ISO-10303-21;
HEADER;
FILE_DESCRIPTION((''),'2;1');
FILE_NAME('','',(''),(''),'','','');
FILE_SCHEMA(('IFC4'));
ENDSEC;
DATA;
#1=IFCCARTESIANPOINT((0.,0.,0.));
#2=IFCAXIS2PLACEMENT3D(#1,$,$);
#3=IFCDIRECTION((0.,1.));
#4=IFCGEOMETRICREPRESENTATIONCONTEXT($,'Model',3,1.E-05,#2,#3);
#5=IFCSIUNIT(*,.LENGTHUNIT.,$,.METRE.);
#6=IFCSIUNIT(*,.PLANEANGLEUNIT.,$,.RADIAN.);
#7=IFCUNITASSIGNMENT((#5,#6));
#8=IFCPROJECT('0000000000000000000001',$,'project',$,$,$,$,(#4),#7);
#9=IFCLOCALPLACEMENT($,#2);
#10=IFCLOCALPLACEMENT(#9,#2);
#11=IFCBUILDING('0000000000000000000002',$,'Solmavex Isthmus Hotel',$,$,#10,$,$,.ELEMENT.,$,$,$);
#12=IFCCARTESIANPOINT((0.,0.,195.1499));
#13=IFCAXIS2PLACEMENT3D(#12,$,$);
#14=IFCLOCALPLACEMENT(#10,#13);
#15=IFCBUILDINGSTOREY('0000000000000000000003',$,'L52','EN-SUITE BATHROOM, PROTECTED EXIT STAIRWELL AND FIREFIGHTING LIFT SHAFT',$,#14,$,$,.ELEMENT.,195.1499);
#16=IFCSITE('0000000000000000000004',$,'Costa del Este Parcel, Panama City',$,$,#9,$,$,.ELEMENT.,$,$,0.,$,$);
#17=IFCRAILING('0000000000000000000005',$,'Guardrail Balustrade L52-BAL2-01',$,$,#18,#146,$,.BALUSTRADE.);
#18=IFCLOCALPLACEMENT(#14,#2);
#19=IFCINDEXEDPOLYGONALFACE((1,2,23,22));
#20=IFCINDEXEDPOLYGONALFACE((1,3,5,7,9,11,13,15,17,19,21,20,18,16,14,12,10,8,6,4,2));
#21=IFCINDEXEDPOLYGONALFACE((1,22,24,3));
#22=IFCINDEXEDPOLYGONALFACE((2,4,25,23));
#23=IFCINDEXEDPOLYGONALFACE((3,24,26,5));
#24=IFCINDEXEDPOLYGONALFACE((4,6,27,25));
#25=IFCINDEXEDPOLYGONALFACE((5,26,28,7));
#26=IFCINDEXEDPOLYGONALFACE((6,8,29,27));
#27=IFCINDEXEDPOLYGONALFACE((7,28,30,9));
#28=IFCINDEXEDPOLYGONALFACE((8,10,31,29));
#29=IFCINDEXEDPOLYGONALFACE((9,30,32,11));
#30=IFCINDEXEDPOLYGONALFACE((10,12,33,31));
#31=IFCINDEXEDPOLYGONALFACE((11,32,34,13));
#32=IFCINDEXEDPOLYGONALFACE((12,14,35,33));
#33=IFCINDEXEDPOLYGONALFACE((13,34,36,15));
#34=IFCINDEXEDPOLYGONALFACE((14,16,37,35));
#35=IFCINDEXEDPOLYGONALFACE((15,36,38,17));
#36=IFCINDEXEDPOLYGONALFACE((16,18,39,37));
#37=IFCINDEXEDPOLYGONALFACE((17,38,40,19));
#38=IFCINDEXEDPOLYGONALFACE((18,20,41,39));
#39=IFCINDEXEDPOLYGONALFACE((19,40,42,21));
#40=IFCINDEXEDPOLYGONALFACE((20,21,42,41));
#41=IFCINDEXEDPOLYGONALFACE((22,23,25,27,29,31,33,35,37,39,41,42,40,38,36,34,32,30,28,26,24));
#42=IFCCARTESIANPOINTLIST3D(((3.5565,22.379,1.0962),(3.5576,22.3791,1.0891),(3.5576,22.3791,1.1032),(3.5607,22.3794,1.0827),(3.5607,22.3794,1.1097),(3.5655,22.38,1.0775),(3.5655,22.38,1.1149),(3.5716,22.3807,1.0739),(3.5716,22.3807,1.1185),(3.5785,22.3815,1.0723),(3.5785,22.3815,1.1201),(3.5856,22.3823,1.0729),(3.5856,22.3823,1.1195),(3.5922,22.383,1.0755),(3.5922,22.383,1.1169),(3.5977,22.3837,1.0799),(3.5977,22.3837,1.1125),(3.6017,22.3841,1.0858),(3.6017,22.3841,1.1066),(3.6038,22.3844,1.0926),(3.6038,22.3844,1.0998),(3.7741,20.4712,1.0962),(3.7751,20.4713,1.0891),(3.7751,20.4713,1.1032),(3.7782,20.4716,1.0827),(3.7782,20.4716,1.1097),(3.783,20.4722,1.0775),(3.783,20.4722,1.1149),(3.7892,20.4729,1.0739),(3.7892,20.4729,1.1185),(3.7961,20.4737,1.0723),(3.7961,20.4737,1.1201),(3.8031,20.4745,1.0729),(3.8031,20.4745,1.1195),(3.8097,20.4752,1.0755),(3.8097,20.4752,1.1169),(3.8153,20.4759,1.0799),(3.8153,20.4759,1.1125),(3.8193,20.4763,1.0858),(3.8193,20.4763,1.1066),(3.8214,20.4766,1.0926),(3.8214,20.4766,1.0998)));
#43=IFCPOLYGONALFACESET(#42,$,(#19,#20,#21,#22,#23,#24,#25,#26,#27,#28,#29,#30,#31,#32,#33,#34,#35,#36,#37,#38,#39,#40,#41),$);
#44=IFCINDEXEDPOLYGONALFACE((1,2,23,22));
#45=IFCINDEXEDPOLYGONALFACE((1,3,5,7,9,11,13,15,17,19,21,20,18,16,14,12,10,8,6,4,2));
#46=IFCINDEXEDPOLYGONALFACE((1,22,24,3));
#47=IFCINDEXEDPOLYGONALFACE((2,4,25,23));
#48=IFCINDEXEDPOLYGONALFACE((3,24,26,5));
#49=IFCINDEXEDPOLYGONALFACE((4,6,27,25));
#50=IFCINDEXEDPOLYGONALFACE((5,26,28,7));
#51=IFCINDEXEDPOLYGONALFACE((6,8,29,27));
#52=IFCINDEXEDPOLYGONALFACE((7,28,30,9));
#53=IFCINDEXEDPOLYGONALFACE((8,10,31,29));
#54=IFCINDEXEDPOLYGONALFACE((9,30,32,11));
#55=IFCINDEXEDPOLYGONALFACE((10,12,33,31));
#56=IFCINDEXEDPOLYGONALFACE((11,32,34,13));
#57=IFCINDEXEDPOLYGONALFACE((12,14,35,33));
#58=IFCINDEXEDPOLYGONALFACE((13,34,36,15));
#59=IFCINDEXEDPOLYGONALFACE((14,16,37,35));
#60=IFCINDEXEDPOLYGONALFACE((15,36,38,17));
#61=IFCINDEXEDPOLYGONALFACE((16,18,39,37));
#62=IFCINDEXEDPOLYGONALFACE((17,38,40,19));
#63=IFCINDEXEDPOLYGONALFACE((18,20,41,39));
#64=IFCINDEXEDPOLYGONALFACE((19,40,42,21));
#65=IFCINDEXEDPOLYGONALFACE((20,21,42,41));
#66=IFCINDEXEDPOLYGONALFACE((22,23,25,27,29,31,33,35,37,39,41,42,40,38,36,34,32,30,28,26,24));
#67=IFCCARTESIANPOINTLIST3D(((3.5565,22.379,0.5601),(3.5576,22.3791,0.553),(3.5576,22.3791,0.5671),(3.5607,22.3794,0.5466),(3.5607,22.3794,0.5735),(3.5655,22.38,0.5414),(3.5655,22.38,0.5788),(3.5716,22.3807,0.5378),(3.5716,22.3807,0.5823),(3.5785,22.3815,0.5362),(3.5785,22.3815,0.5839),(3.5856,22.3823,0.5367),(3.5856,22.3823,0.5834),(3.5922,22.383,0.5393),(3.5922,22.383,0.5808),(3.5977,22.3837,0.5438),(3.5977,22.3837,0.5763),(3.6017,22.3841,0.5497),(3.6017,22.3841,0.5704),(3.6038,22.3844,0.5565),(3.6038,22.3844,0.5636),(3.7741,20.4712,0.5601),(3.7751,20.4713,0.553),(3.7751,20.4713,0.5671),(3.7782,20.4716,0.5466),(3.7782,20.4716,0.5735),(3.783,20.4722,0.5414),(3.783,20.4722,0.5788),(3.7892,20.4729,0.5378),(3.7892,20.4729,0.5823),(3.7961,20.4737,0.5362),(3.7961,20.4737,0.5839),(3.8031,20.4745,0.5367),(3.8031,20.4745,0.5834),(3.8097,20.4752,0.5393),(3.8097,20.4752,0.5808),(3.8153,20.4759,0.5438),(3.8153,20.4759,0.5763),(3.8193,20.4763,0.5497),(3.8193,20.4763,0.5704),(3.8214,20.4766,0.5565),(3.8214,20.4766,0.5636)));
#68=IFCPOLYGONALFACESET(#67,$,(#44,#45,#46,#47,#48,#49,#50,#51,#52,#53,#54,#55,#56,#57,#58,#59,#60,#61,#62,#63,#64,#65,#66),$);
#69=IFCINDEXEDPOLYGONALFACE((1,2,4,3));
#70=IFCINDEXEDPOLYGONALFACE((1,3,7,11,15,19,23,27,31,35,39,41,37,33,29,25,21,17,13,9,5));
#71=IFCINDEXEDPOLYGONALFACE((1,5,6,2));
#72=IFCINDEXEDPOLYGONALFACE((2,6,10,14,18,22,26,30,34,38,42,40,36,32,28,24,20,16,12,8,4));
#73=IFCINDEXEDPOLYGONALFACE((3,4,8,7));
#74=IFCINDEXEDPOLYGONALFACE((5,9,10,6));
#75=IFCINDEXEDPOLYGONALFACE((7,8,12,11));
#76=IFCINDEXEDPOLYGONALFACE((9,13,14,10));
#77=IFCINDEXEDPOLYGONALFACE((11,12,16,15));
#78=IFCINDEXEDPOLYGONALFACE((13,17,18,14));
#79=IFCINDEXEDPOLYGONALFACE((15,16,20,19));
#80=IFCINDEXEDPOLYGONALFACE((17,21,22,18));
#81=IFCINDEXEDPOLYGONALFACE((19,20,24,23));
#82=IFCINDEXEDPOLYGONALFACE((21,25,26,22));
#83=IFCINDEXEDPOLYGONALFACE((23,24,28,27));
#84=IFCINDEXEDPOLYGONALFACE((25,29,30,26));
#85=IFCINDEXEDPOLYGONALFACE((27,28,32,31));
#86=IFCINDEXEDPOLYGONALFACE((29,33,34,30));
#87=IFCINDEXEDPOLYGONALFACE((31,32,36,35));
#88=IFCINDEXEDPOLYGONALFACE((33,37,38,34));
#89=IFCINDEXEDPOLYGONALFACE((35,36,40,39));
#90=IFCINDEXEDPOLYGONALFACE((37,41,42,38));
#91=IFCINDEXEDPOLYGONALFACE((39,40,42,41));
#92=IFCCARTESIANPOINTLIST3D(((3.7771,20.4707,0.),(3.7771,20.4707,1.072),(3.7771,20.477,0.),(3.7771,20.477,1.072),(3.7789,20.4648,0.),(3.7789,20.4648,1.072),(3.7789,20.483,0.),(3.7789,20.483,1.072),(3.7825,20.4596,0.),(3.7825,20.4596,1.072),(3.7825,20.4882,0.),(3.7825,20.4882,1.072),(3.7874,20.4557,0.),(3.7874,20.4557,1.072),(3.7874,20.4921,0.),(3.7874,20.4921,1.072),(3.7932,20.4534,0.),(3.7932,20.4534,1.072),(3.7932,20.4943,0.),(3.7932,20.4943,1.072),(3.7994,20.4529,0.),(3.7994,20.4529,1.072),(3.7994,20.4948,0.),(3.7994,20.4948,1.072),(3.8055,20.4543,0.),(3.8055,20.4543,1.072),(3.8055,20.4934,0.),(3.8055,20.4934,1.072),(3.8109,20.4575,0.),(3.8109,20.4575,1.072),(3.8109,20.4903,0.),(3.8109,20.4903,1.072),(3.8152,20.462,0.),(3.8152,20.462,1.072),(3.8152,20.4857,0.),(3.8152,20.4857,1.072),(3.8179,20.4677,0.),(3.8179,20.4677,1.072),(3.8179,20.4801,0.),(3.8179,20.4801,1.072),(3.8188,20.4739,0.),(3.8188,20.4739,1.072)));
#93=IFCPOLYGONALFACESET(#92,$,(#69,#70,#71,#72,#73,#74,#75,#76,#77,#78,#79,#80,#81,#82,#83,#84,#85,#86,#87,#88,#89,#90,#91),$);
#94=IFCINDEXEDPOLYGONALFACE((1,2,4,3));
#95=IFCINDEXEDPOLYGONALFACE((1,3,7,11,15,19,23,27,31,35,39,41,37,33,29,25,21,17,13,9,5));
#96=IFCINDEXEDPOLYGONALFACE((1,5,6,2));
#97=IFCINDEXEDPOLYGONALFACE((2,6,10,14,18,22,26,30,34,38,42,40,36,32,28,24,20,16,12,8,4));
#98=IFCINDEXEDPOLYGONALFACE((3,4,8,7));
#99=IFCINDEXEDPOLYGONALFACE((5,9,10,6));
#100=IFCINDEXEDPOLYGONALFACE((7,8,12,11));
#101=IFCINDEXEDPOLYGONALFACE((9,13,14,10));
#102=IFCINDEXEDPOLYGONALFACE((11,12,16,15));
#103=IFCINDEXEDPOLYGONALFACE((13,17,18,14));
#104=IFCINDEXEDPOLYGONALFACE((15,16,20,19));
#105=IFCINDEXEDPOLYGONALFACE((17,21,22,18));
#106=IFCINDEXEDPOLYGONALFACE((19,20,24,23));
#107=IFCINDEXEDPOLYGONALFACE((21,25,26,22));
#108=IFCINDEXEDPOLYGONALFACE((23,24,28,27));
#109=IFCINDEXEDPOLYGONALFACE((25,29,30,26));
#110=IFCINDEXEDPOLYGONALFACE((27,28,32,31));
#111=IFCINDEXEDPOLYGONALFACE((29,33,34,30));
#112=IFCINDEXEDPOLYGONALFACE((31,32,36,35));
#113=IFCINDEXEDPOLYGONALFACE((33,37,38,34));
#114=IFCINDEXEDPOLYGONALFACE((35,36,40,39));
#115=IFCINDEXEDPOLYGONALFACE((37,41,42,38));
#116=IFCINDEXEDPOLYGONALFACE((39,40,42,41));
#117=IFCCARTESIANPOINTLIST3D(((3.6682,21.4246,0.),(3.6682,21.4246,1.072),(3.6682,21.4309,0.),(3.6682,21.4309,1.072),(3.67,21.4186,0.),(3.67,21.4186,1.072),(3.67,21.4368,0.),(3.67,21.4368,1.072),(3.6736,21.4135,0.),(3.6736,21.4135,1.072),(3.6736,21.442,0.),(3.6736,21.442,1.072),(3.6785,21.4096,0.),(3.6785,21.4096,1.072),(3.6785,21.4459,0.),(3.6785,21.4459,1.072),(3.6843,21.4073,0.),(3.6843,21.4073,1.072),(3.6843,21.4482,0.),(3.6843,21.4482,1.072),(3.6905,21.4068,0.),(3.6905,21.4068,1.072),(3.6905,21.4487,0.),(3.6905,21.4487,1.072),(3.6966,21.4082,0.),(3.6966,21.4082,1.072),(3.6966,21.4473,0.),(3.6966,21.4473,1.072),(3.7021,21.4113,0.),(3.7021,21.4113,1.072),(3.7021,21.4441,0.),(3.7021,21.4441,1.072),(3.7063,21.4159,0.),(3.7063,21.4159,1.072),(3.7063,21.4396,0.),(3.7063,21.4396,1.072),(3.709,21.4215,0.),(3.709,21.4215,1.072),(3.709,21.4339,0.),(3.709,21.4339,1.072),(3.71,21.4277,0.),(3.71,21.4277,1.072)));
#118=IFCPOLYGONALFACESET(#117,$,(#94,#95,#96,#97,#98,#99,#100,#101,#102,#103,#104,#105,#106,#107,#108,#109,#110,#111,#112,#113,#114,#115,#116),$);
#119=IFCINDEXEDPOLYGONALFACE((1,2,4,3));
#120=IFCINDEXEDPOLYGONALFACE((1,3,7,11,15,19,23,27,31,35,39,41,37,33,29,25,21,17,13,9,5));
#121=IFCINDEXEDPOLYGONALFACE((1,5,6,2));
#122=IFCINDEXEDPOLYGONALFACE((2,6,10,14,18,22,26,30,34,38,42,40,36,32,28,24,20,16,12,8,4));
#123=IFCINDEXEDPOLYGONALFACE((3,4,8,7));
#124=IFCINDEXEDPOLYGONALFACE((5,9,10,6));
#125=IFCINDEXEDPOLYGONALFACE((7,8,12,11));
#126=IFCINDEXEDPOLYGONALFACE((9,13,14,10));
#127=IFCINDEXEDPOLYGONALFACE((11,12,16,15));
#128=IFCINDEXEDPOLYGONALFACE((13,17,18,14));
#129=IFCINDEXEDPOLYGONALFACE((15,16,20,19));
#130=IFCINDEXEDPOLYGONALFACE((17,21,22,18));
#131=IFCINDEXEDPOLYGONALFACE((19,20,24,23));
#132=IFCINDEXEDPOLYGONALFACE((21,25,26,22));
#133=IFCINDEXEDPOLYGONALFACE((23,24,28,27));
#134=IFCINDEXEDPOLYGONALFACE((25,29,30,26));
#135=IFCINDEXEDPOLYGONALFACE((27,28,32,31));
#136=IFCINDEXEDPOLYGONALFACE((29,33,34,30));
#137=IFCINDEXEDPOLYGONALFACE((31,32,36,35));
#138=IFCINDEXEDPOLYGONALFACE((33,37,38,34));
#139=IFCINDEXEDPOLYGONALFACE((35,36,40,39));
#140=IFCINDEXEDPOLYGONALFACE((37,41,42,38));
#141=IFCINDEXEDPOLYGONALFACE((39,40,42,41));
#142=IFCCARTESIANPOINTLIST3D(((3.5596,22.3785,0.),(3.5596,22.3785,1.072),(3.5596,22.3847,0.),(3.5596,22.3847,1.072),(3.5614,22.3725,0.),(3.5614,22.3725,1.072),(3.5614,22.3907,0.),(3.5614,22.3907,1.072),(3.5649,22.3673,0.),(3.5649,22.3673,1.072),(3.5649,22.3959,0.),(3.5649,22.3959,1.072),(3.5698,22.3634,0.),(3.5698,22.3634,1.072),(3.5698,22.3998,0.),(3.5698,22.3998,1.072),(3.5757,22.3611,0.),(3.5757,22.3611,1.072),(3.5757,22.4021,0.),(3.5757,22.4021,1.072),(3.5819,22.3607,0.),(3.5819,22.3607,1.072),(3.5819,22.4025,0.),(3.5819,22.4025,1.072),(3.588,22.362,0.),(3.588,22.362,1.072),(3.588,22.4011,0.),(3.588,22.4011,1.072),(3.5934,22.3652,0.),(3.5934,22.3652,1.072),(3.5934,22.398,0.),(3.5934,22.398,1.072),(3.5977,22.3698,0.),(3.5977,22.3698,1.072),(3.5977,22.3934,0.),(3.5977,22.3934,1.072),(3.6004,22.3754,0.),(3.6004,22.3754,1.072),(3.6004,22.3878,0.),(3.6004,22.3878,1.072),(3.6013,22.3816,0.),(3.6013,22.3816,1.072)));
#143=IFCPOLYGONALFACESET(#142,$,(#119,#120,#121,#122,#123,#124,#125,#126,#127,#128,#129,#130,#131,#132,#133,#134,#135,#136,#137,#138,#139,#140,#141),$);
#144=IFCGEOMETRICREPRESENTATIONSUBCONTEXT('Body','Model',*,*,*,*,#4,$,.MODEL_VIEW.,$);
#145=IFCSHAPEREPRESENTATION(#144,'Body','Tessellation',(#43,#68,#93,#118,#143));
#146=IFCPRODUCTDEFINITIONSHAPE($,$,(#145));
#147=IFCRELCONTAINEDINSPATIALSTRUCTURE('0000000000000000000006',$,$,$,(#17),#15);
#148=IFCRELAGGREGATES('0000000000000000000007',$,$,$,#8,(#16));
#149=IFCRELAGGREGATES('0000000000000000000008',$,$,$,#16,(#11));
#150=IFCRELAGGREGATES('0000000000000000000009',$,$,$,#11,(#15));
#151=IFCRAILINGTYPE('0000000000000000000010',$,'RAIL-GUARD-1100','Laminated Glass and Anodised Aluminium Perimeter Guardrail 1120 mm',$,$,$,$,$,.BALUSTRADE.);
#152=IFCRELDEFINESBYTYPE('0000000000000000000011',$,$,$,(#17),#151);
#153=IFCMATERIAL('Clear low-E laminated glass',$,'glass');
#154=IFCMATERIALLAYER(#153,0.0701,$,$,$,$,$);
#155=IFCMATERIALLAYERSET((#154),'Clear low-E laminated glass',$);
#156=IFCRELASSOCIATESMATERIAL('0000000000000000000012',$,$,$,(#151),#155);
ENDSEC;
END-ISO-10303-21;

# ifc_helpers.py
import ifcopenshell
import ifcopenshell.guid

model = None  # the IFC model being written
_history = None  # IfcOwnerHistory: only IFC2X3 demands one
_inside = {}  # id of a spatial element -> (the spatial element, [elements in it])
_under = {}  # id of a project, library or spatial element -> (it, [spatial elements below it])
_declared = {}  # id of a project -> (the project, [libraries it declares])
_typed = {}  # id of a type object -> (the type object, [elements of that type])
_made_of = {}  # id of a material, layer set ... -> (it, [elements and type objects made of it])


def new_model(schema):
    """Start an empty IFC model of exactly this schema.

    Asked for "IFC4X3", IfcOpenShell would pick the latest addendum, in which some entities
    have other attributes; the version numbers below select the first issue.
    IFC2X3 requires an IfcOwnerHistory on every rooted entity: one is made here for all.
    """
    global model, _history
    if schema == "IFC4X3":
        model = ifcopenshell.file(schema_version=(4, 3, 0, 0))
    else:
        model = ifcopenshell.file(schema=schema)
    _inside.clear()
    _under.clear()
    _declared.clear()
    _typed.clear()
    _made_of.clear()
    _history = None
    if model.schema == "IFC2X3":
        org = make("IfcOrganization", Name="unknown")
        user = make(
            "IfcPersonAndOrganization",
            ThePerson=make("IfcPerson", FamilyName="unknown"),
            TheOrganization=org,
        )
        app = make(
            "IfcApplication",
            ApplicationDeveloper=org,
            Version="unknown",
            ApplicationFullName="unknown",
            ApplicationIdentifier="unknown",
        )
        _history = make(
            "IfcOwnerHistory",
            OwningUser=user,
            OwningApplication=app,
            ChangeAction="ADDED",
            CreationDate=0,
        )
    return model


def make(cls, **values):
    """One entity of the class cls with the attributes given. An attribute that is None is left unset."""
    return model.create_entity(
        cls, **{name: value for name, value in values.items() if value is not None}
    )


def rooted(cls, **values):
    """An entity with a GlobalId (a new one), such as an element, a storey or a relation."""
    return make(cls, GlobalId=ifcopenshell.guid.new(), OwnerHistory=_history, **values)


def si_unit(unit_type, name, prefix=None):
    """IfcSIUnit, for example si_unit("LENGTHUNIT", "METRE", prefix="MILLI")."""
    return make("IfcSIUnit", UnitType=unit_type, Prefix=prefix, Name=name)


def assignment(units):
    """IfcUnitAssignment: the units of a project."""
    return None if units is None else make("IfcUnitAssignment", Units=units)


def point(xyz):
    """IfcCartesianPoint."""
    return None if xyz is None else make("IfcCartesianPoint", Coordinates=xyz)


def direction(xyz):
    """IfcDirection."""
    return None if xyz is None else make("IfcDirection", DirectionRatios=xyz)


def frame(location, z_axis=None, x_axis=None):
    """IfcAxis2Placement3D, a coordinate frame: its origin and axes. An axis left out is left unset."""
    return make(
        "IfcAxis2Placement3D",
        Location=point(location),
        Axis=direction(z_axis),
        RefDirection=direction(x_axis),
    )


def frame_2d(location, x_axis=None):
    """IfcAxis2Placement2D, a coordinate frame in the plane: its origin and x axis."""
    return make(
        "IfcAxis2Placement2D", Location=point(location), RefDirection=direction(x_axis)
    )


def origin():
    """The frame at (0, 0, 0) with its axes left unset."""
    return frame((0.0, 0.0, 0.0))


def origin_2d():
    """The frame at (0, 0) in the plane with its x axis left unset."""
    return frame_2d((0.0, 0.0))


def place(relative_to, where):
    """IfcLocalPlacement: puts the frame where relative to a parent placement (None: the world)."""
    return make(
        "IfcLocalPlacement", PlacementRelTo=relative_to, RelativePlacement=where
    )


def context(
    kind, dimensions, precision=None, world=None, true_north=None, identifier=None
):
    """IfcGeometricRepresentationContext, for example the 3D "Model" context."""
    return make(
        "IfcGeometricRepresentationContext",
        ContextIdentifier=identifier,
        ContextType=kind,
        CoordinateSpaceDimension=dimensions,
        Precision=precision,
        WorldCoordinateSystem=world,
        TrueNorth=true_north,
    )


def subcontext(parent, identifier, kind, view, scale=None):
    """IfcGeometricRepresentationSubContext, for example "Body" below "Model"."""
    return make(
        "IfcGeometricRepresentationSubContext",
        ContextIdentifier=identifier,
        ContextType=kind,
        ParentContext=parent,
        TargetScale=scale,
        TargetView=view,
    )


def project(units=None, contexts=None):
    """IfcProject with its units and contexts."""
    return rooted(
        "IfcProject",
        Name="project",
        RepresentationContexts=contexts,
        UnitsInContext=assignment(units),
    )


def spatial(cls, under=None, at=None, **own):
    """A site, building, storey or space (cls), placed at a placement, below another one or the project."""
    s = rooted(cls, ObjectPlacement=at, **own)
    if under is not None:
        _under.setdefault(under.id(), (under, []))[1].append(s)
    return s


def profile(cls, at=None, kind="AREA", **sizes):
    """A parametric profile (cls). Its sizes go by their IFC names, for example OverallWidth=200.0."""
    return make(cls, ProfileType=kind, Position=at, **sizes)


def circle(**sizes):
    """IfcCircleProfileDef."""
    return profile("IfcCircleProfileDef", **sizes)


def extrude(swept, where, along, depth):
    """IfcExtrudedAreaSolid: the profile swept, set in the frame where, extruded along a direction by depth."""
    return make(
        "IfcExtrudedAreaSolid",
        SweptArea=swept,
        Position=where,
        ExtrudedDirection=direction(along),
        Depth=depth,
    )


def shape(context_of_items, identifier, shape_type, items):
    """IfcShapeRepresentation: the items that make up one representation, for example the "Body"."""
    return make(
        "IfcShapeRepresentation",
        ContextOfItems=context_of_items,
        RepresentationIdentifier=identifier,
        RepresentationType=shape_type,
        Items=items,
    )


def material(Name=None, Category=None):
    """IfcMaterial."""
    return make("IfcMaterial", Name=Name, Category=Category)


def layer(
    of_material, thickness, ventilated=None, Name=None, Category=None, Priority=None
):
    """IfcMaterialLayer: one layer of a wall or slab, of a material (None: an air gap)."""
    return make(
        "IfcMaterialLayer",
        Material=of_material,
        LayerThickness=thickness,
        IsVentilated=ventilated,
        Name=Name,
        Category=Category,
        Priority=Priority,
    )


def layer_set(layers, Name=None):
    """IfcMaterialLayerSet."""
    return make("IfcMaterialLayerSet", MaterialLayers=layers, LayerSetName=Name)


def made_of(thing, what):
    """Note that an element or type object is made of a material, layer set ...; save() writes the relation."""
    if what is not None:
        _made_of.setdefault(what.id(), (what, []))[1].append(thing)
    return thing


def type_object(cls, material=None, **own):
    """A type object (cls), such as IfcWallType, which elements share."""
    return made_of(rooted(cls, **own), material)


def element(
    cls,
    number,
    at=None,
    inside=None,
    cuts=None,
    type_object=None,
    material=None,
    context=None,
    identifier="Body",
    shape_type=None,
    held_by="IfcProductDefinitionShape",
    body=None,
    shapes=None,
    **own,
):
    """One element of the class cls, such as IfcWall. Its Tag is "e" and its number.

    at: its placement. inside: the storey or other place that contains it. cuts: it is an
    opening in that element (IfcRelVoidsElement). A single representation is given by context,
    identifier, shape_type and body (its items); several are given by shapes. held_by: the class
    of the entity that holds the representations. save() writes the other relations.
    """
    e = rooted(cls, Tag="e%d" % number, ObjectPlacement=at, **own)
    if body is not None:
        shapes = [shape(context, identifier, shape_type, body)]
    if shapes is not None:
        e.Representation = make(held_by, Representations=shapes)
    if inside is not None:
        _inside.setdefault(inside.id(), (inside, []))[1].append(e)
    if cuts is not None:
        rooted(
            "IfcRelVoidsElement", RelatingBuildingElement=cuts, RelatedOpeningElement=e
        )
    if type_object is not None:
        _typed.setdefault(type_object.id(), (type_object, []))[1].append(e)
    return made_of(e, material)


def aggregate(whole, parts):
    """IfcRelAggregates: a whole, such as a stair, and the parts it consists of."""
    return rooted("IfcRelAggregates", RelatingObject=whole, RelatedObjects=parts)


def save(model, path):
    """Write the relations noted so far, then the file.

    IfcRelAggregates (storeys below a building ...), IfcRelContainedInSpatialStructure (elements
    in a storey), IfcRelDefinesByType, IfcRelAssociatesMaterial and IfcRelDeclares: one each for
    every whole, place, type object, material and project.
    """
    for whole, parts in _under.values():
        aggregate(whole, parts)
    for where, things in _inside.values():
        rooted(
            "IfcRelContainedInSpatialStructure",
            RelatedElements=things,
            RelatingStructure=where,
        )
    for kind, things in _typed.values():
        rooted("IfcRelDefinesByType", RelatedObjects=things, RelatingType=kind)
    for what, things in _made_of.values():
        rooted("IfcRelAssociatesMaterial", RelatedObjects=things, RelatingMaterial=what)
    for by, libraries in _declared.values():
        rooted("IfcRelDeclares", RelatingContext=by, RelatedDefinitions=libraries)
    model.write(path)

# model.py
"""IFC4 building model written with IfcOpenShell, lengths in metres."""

from ifc_helpers import new_model, si_unit, direction, frame, origin, origin_2d, place, context, subcontext, project, spatial, circle, extrude, material, layer, layer_set, type_object, element, save


model = new_model("IFC4")

# Units and contexts
model_context = context("Model", 3, precision=1e-05, world=origin(), true_north=direction((0.0, 1.0)))
body_context = subcontext(model_context, "Body", "Model", "MODEL_VIEW")
ifc_project = project(units=[si_unit("LENGTHUNIT", "METRE"), si_unit("PLANEANGLEUNIT", "RADIAN")], contexts=[model_context])

# Site, building, storey
site_placement = place(None, origin())
site = spatial("IfcSite", under=ifc_project, at=site_placement, Name="Costa del Este Parcel, Panama City", CompositionType="ELEMENT", RefElevation=0.0)
building_placement = place(site_placement, origin())
building = spatial("IfcBuilding", under=site, at=building_placement, Name="Solmavex Isthmus Hotel", CompositionType="ELEMENT")
storey_placement = place(building_placement, frame((0.0, 0.0, 195.1499)))
storey = spatial("IfcBuildingStorey", under=building, at=storey_placement, Name="L52", Description="EN-SUITE BATHROOM, PROTECTED EXIT STAIRWELL AND FIREFIGHTING LIFT SHAFT", CompositionType="ELEMENT", Elevation=195.1499)

# Shared definitions
ifc_material_1 = material(Name="Clear low-E laminated glass", Category="glass")

# Railing
ifc_layer_1 = layer(ifc_material_1, 0.0701)
ifc_layer_set_1 = layer_set([ifc_layer_1], Name="Clear low-E laminated glass")
railing_type = type_object("IfcRailingType", Name="RAIL-GUARD-1100", Description="Laminated Glass and Anodised Aluminium Perimeter Guardrail 1120 mm", PredefinedType="BALUSTRADE", material=ifc_layer_set_1)
railing_1_placement = place(storey_placement, frame((3.7979, 20.4739, 0.0)))
element("IfcRailing", 1, at=railing_1_placement, inside=storey, type_object=railing_type, Name="Guardrail Balustrade L52-BAL2-01", PredefinedType="BALUSTRADE", context=body_context, shape_type="SweptSolid", body=[
    extrude(circle(Radius=0.0239, at=origin_2d()), frame((0.0, 0.0, 1.0962), z_axis=(-0.113292, 0.993562, 0.0), x_axis=(-0.993562, -0.113292, 0.0)), (0.0, 0.0, 1.0), 1.9202),
    extrude(circle(Radius=0.0239, at=origin_2d()), frame((0.0, 0.0, 0.5601), z_axis=(-0.113292, 0.993562, 0.0), x_axis=(-0.993562, -0.113292, 0.0)), (0.0, 0.0, 1.0), 1.9202),
    extrude(circle(Radius=0.021, at=origin_2d()), origin(), (0.0, 0.0, 1.0), 1.072),
    extrude(circle(Radius=0.021, at=origin_2d()), frame((-0.1089, 0.9539, 0.0)), (0.0, 0.0, 1.0), 1.072),
    extrude(circle(Radius=0.021, at=origin_2d()), frame((-0.2175, 1.9077, 0.0)), (0.0, 0.0, 1.0), 1.072),
])

save(model, "model.ifc")
